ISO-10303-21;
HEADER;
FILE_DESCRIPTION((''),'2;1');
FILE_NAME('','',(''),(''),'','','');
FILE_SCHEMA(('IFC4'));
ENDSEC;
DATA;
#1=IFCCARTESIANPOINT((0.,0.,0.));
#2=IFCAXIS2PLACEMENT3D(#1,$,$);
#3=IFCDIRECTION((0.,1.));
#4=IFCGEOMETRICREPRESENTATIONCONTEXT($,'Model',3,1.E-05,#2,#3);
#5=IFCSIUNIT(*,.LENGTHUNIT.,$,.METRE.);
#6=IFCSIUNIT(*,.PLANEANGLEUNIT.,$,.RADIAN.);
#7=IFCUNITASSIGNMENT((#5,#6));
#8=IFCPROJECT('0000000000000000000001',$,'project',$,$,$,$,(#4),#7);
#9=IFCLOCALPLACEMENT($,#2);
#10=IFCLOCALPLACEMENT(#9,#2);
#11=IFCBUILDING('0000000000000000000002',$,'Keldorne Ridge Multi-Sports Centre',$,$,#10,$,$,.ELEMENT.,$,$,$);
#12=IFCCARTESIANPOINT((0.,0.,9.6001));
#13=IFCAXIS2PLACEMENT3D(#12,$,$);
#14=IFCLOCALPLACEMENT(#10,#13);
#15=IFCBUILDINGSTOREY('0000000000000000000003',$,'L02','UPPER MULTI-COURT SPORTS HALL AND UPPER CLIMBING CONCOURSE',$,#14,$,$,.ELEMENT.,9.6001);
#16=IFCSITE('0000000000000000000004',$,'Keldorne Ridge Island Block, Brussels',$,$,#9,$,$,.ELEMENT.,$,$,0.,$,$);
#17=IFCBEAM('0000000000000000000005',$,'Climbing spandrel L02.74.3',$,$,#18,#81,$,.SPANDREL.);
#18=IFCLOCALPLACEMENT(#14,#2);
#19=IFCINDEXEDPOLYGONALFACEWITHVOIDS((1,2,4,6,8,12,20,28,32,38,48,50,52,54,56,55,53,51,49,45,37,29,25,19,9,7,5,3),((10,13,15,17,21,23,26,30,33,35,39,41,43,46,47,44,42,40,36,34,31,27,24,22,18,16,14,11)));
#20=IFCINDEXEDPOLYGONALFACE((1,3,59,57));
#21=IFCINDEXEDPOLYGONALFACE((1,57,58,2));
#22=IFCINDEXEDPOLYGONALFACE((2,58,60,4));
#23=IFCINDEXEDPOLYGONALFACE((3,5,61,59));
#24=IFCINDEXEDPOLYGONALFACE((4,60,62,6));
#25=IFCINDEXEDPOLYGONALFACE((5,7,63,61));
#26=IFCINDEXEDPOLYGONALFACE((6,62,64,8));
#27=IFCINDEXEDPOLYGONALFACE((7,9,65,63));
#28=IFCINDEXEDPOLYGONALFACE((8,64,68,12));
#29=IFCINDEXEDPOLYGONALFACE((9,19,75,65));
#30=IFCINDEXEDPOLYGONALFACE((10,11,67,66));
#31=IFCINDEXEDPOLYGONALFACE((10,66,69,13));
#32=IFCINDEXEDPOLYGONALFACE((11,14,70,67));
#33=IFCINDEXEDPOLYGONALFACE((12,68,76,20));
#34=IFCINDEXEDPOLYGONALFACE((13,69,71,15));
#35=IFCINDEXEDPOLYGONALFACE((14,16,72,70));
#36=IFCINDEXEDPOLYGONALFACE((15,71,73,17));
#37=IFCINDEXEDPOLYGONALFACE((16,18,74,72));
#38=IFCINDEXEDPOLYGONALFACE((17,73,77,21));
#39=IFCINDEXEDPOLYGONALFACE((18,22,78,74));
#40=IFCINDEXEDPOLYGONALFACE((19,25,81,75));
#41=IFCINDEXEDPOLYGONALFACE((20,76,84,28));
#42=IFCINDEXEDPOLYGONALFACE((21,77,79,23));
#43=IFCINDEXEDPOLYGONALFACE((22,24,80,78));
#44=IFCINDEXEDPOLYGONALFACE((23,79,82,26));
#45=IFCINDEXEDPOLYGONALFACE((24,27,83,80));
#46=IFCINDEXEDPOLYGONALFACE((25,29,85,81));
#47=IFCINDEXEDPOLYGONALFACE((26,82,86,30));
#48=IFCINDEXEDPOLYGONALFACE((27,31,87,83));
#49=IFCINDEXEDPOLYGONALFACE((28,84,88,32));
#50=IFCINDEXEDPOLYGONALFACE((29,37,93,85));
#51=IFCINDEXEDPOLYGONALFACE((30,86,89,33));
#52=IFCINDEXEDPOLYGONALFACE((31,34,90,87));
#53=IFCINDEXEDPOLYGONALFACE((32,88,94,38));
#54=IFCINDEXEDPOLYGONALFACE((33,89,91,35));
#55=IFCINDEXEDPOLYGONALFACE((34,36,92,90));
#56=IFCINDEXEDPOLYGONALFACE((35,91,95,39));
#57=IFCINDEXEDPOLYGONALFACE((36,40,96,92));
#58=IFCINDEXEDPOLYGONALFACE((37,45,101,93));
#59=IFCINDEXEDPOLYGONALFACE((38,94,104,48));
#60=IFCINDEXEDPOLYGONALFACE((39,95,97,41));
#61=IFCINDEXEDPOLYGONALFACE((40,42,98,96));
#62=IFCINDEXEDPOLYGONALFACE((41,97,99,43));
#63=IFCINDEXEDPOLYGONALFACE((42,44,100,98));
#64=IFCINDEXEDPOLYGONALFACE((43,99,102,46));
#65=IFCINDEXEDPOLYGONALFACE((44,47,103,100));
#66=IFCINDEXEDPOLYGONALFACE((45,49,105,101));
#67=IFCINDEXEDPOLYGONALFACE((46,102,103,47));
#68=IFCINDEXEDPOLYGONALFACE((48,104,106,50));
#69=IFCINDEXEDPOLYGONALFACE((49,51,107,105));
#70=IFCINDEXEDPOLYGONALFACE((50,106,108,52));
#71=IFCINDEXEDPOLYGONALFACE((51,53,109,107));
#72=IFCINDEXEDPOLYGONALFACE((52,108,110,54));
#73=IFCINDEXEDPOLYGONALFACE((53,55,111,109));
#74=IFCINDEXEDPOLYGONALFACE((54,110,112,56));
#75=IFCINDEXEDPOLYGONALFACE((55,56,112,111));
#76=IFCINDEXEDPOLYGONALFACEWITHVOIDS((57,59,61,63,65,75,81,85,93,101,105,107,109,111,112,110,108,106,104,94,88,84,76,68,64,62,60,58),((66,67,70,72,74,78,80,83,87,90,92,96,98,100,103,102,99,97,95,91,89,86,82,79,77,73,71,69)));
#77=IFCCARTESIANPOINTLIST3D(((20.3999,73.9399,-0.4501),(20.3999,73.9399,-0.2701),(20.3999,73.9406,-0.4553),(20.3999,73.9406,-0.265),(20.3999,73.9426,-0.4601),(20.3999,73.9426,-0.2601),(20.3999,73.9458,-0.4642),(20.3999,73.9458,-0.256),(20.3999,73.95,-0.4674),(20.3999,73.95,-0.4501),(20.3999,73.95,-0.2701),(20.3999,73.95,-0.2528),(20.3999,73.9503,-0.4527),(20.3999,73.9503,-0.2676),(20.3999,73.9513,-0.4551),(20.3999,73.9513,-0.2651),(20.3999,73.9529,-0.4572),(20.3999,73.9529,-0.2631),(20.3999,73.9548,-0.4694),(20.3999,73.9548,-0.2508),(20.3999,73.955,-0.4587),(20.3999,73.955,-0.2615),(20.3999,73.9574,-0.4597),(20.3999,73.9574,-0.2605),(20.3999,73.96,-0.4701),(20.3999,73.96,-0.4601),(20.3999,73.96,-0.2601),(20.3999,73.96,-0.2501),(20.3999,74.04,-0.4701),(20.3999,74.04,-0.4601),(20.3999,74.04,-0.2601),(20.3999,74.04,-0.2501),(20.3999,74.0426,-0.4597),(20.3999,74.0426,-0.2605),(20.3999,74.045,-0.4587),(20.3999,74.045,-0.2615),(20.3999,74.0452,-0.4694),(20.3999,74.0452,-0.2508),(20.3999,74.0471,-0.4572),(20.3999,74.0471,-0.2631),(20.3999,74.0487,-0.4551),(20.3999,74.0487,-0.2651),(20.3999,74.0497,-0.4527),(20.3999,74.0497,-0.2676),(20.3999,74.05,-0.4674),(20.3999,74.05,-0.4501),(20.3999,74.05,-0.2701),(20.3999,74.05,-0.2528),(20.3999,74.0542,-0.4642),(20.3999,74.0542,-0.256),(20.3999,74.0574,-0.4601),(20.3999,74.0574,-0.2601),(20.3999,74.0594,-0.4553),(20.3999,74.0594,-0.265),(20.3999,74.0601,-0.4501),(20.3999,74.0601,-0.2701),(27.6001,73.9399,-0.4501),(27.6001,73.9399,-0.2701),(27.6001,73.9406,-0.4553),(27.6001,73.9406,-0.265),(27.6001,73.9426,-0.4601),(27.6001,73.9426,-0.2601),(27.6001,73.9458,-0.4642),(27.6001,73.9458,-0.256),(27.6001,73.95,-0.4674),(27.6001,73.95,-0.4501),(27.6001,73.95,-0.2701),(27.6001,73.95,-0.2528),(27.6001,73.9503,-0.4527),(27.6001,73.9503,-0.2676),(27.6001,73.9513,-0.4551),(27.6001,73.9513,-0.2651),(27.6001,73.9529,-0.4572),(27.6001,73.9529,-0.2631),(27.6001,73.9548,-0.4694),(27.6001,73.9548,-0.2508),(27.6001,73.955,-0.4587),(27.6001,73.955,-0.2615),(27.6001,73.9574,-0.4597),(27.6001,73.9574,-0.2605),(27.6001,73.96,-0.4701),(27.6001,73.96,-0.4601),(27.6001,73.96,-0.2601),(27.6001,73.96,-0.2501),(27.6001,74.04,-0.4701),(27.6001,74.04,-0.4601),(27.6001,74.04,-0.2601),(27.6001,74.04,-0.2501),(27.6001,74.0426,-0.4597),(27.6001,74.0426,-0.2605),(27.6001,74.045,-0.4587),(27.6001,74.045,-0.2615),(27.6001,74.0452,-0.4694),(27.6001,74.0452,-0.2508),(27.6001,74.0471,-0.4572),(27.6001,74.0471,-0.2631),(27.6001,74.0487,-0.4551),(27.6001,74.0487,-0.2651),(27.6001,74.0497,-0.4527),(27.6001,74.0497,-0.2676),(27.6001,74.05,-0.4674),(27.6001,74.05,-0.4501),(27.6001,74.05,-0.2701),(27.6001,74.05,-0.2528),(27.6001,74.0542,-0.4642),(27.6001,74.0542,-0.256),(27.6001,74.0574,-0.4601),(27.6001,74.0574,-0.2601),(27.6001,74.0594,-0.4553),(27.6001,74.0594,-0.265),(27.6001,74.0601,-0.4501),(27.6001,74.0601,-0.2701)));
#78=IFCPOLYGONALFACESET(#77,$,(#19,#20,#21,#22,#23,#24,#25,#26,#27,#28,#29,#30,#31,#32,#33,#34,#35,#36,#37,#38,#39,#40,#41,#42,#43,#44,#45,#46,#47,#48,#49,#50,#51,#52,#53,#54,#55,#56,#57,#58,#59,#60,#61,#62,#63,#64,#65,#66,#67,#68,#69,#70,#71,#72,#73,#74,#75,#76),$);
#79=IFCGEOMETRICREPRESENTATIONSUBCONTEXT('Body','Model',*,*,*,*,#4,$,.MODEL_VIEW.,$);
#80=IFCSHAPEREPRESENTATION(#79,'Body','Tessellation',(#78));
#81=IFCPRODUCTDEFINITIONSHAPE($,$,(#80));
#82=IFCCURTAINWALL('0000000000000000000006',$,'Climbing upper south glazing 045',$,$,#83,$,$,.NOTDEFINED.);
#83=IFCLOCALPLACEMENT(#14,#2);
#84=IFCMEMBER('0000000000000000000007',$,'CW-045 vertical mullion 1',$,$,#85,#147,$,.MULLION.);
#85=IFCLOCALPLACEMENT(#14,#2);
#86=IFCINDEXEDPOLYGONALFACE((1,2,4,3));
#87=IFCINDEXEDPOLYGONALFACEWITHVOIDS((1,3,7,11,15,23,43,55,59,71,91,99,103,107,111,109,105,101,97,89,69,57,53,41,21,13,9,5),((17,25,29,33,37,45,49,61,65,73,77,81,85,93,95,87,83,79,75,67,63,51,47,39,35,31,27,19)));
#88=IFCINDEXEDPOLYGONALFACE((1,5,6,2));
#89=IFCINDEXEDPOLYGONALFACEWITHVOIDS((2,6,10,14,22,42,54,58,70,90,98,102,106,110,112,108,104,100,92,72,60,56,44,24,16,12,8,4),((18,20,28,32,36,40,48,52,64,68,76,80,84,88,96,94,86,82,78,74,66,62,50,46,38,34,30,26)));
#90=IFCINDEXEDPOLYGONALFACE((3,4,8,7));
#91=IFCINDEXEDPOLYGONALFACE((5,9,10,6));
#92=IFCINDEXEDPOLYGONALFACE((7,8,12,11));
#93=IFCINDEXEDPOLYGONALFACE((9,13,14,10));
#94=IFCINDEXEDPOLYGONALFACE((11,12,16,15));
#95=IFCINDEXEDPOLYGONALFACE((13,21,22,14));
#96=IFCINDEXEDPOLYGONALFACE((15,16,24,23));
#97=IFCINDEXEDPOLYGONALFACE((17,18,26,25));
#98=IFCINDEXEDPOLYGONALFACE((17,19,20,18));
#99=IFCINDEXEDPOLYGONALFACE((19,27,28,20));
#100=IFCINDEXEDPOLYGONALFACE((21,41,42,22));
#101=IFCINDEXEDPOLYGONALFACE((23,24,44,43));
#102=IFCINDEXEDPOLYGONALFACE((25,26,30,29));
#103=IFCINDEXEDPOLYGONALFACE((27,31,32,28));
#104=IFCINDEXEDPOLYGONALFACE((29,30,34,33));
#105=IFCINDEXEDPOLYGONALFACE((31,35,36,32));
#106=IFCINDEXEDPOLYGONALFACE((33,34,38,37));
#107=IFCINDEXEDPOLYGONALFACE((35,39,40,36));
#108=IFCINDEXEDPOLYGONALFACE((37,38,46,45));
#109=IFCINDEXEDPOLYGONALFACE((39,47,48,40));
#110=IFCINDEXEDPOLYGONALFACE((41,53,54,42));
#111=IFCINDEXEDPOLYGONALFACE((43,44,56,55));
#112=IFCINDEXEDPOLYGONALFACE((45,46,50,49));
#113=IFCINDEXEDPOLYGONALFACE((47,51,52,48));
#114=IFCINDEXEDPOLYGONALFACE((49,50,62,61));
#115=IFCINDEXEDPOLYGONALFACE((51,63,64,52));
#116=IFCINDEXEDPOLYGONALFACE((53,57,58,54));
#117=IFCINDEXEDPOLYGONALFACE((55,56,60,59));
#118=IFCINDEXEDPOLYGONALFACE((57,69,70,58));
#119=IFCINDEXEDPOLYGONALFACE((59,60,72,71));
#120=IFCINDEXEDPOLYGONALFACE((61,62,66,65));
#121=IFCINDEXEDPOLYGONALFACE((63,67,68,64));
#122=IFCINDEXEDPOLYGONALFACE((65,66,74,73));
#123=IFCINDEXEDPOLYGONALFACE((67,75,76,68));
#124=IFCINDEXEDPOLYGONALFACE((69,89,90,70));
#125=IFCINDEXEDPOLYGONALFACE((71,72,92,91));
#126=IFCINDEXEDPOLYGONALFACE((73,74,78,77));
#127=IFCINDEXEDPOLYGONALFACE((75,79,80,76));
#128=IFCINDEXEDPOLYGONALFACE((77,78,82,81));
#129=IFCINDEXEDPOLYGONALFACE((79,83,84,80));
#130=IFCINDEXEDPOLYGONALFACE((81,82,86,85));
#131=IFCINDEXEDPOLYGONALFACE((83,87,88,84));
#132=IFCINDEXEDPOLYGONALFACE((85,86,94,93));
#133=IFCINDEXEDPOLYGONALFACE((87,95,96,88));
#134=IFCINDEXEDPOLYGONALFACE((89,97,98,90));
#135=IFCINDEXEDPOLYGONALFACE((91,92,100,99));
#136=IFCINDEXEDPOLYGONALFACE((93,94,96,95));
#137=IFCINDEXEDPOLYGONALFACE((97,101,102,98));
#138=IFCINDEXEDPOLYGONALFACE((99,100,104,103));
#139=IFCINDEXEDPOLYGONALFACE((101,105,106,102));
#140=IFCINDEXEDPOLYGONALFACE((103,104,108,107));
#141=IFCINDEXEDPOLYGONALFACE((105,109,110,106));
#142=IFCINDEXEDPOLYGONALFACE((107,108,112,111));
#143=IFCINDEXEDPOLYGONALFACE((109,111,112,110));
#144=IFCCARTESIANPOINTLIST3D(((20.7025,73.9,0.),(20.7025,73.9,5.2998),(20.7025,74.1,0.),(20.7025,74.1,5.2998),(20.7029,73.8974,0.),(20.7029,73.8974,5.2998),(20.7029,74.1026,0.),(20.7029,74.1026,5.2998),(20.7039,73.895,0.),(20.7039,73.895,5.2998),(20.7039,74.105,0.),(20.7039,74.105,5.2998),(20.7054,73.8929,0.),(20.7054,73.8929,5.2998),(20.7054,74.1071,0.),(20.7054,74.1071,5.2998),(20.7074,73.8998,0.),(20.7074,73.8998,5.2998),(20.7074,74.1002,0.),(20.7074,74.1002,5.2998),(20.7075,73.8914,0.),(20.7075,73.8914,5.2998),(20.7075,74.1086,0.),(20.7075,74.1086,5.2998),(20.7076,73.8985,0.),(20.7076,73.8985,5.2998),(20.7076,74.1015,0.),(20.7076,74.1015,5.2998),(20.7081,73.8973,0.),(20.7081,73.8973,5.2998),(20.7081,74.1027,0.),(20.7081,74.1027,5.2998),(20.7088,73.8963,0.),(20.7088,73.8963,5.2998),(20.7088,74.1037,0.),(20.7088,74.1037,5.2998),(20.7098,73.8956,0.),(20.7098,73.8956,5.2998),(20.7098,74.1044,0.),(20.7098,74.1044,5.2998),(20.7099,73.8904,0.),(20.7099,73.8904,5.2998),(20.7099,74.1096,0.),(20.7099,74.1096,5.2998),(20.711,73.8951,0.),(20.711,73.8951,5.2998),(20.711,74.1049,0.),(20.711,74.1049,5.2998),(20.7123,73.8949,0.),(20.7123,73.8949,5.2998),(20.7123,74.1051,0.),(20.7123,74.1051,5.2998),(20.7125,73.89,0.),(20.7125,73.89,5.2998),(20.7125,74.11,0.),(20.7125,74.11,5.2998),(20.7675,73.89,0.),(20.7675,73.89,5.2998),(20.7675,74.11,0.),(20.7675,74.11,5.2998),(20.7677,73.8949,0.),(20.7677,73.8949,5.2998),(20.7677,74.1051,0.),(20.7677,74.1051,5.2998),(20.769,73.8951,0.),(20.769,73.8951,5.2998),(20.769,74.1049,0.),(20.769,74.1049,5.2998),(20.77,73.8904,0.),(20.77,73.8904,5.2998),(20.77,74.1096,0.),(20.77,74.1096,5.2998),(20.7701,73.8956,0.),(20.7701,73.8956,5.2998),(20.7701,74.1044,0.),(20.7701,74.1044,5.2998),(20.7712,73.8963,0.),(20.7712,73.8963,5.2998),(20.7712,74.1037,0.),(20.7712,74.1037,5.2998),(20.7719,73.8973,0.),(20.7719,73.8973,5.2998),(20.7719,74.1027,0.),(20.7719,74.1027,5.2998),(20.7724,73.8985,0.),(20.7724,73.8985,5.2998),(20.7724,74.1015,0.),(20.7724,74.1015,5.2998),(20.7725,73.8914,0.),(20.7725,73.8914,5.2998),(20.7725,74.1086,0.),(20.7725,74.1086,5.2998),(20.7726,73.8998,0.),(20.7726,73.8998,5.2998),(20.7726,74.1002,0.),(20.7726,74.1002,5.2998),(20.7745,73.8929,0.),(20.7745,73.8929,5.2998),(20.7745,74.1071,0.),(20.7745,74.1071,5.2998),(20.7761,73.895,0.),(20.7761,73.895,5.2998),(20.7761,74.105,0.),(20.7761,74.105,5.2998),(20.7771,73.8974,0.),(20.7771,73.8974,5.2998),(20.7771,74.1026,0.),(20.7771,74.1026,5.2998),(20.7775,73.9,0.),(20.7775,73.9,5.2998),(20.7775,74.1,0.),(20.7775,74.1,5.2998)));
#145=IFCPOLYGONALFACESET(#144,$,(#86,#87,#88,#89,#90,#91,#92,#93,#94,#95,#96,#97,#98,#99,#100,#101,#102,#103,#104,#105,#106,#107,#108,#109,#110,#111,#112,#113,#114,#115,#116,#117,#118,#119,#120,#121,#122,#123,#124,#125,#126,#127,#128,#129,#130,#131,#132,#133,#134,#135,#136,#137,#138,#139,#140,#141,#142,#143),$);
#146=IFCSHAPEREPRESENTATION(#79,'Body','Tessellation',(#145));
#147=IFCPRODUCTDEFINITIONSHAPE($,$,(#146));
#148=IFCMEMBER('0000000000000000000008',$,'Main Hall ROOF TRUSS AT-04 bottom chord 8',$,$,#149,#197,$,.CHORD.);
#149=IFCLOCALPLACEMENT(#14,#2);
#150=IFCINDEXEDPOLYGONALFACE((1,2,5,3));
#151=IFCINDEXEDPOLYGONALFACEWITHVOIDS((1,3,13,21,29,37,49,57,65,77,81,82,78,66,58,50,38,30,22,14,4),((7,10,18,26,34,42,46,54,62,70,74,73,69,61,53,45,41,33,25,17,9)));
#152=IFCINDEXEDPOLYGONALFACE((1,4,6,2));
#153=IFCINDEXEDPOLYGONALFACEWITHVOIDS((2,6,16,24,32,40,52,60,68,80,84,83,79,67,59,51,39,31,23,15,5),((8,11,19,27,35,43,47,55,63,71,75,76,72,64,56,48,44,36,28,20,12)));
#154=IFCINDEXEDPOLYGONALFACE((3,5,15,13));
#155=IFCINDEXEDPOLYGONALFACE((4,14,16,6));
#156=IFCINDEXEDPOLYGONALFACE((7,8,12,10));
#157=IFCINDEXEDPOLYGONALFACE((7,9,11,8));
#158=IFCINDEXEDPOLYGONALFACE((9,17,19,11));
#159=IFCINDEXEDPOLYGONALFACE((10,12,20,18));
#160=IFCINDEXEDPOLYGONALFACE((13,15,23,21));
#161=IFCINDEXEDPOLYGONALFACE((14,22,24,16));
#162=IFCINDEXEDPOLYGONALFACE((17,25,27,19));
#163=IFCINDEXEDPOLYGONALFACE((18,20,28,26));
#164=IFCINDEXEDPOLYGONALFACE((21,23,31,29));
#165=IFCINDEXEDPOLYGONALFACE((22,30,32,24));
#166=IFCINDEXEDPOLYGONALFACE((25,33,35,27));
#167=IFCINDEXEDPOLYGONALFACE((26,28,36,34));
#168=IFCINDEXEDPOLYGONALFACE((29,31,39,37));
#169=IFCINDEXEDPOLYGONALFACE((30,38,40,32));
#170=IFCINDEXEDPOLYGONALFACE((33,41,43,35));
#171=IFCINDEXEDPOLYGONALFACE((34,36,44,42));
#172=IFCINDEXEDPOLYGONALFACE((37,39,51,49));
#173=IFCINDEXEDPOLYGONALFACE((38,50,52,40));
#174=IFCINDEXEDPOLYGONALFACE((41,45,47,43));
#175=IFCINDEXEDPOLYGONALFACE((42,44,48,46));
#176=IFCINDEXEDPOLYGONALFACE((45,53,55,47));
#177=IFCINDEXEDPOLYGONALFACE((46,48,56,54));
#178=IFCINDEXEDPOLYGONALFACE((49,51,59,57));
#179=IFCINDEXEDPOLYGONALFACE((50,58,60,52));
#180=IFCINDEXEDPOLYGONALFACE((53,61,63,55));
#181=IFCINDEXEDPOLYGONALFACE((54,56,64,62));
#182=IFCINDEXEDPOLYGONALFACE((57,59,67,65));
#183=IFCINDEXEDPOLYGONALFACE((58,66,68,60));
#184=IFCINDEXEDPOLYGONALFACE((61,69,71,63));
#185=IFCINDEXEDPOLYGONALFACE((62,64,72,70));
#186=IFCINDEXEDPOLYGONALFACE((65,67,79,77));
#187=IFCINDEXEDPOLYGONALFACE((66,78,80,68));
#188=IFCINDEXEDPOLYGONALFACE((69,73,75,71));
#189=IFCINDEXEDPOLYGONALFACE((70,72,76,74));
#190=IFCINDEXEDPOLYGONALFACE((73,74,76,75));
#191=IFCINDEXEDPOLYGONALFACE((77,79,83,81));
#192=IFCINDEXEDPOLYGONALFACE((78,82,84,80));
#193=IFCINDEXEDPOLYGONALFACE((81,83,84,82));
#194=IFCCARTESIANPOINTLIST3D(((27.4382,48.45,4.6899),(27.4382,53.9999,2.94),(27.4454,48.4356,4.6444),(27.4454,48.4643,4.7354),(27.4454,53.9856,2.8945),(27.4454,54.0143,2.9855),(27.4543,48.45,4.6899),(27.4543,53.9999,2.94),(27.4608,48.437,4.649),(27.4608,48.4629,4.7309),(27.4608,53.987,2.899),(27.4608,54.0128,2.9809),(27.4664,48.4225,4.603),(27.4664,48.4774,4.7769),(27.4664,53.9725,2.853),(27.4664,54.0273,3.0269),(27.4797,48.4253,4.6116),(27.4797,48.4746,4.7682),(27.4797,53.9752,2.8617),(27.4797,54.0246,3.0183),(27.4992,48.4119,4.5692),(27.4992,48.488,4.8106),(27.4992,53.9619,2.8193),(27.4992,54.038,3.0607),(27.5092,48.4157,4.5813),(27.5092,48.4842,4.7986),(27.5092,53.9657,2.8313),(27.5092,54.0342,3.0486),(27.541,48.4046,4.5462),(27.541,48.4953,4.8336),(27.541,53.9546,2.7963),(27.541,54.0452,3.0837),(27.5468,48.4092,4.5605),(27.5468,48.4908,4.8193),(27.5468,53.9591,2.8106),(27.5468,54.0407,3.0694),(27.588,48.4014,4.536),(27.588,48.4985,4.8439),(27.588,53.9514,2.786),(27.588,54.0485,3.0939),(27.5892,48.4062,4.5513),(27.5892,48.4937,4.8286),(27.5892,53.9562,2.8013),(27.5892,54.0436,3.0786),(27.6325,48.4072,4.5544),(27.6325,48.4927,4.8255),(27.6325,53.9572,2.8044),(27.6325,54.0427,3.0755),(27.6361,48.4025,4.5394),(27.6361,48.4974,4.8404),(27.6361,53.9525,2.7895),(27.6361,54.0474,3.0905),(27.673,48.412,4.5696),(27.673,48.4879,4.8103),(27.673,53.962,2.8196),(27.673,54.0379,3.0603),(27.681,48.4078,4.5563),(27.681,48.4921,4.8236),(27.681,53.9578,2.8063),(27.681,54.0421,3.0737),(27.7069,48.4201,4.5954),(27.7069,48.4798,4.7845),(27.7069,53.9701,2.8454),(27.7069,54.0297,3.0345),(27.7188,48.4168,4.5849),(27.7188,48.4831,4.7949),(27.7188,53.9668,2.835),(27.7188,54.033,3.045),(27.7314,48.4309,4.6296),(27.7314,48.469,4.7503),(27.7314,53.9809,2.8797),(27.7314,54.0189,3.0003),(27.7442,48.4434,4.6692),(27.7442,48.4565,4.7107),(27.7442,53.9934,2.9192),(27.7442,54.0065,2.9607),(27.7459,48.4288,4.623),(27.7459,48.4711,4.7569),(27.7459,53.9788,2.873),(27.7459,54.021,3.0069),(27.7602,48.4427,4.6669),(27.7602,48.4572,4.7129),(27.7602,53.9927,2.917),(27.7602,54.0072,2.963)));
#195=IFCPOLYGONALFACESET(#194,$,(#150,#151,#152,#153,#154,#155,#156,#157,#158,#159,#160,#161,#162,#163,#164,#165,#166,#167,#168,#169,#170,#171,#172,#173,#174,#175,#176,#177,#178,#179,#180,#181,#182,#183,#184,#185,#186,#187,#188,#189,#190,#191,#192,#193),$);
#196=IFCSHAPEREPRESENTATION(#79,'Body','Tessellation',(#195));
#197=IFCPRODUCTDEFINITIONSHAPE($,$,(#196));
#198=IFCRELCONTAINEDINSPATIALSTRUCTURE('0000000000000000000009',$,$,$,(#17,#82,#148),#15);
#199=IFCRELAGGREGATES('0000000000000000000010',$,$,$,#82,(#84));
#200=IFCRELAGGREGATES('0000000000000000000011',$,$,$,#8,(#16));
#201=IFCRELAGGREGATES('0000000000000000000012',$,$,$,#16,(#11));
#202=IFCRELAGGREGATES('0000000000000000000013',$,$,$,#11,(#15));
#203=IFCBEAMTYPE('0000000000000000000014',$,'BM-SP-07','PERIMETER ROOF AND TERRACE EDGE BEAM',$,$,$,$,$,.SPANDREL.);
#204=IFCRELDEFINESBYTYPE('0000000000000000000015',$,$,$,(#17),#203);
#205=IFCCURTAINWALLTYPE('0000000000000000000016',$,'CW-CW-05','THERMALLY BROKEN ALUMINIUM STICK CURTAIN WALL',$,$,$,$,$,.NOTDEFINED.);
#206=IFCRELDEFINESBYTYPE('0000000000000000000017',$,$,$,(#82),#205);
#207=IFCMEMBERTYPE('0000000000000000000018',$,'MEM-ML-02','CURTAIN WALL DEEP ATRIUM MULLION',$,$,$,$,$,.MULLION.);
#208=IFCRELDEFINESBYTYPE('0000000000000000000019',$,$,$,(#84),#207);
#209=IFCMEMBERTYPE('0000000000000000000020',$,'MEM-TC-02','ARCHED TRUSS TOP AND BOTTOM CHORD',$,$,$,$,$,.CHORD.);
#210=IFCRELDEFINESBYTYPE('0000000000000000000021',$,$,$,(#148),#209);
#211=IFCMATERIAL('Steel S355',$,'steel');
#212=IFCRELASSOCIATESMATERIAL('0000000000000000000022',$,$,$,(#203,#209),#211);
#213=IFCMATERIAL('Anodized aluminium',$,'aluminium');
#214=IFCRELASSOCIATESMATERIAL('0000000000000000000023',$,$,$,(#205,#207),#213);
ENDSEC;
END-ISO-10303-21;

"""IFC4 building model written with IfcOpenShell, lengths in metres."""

from ifc_helpers import new_model, si_unit, direction, frame, origin, origin_2d, place, context, subcontext, project, spatial, hollow_rectangle, hollow_circle, extrude, material, material_profile, profile_set, type_object, element, aggregate, save


model = new_model("IFC4")

# Units and contexts
model_context = context("Model", 3, precision=1e-05, world=origin(), true_north=direction((0.0, 1.0)))
body_context = subcontext(model_context, "Body", "Model", "MODEL_VIEW")
ifc_project = project(units=[si_unit("LENGTHUNIT", "METRE"), si_unit("PLANEANGLEUNIT", "RADIAN")], contexts=[model_context])

# Site, building, storey
site_placement = place(None, origin())
site = spatial("IfcSite", under=ifc_project, at=site_placement, Name="Keldorne Ridge Island Block, Brussels", CompositionType="ELEMENT", RefElevation=0.0)
building_placement = place(site_placement, origin())
building = spatial("IfcBuilding", under=site, at=building_placement, Name="Keldorne Ridge Multi-Sports Centre", CompositionType="ELEMENT")
storey_placement = place(building_placement, frame((0.0, 0.0, 9.6001)))
storey = spatial("IfcBuildingStorey", under=building, at=storey_placement, Name="L02", Description="UPPER MULTI-COURT SPORTS HALL AND UPPER CLIMBING CONCOURSE", CompositionType="ELEMENT", Elevation=9.6001)

# Shared definitions
ifc_material_1 = material(Name="Steel S355", Category="steel")

# Beam
ifc_material_profile_1 = material_profile(ifc_material_1, hollow_rectangle(XDim=0.1201, YDim=0.22, WallThickness=0.01, InnerFilletRadius=0.01, OuterFilletRadius=0.02, at=origin_2d()), Name="RHS 220x120x10")
ifc_profile_set_1 = profile_set([ifc_material_profile_1], Name="Steel S355")
beam_type_1 = type_object("IfcBeamType", Name="BM-SP-07", Description="PERIMETER ROOF AND TERRACE EDGE BEAM", PredefinedType="SPANDREL", material=ifc_profile_set_1)
beam_1_placement = place(storey_placement, frame((20.3999, 74.0, -0.3601), z_axis=(1.0, 0.0, 0.0), x_axis=(0.0, 1.0, 0.0)))
element("IfcBeam", 1, at=beam_1_placement, inside=storey, type_object=beam_type_1, Name="Climbing spandrel L02.74.3", PredefinedType="SPANDREL", context=body_context, shape_type="SweptSolid", body=[
    extrude(hollow_rectangle(XDim=0.1201, YDim=0.22, WallThickness=0.01, InnerFilletRadius=0.01, OuterFilletRadius=0.02, at=origin_2d()), origin(), (0.0, 0.0, 1.0), 7.2002),
])

# Curtain wall, member
ifc_material_2 = material(Name="Anodized aluminium", Category="aluminium")
curtain_wall_type = type_object("IfcCurtainWallType", Name="CW-CW-05", Description="THERMALLY BROKEN ALUMINIUM STICK CURTAIN WALL", PredefinedType="NOTDEFINED", material=ifc_material_2)
curtain_wall_placement = place(storey_placement, origin())
curtain_wall = element("IfcCurtainWall", 2, at=curtain_wall_placement, inside=storey, type_object=curtain_wall_type, Name="Climbing upper south glazing 045", PredefinedType="NOTDEFINED")
ifc_material_profile_2 = material_profile(ifc_material_2, hollow_rectangle(XDim=0.075, YDim=0.22, WallThickness=0.0049, InnerFilletRadius=0.0049, OuterFilletRadius=0.01, at=origin_2d()), Name="ALU MULLION 220x75x5")
ifc_profile_set_2 = profile_set([ifc_material_profile_2], Name="Anodized aluminium")
member_type_1 = type_object("IfcMemberType", Name="MEM-ML-02", Description="CURTAIN WALL DEEP ATRIUM MULLION", PredefinedType="MULLION", material=ifc_profile_set_2)
member_1_placement = place(storey_placement, frame((20.74, 74.0, 0.0), z_axis=(0.0, 0.0, 1.0), x_axis=(1.0, 0.0, 0.0)))
member_1 = element("IfcMember", 3, at=member_1_placement, type_object=member_type_1, Name="CW-045 vertical mullion 1", PredefinedType="MULLION", context=body_context, shape_type="SweptSolid", body=[
    extrude(hollow_rectangle(XDim=0.075, YDim=0.22, WallThickness=0.0049, InnerFilletRadius=0.0049, OuterFilletRadius=0.01, at=origin_2d()), origin(), (0.0, 0.0, 1.0), 5.2998),
])

# Member
ifc_material_profile_3 = material_profile(ifc_material_1, hollow_circle(Radius=0.1619, WallThickness=0.0161, at=origin_2d()), Name="CHS 323.9x16")
ifc_profile_set_3 = profile_set([ifc_material_profile_3], Name="Steel S355")
member_type_2 = type_object("IfcMemberType", Name="MEM-TC-02", Description="ARCHED TRUSS TOP AND BOTTOM CHORD", PredefinedType="CHORD", material=ifc_profile_set_3)
for number, where, z_axis, x_axis, name in (
    (4, (27.6001, 48.45, 4.6899), (0.0, 0.953713, -0.300718), (-1.0, 0.0, 0.0), "Main Hall ROOF TRUSS AT-04 bottom chord 8"),
):
    element("IfcMember", number, at=place(storey_placement, frame(where, z_axis=z_axis, x_axis=x_axis)), inside=storey, type_object=member_type_2, Name=name, PredefinedType="CHORD", context=body_context, shape_type="SweptSolid", body=[
        extrude(hollow_circle(Radius=0.1619, WallThickness=0.0161, at=origin_2d()), origin(), (0.0, 0.0, 1.0), 5.8193),
    ])

aggregate(curtain_wall, [member_1])

save(model, "model.ifc")
